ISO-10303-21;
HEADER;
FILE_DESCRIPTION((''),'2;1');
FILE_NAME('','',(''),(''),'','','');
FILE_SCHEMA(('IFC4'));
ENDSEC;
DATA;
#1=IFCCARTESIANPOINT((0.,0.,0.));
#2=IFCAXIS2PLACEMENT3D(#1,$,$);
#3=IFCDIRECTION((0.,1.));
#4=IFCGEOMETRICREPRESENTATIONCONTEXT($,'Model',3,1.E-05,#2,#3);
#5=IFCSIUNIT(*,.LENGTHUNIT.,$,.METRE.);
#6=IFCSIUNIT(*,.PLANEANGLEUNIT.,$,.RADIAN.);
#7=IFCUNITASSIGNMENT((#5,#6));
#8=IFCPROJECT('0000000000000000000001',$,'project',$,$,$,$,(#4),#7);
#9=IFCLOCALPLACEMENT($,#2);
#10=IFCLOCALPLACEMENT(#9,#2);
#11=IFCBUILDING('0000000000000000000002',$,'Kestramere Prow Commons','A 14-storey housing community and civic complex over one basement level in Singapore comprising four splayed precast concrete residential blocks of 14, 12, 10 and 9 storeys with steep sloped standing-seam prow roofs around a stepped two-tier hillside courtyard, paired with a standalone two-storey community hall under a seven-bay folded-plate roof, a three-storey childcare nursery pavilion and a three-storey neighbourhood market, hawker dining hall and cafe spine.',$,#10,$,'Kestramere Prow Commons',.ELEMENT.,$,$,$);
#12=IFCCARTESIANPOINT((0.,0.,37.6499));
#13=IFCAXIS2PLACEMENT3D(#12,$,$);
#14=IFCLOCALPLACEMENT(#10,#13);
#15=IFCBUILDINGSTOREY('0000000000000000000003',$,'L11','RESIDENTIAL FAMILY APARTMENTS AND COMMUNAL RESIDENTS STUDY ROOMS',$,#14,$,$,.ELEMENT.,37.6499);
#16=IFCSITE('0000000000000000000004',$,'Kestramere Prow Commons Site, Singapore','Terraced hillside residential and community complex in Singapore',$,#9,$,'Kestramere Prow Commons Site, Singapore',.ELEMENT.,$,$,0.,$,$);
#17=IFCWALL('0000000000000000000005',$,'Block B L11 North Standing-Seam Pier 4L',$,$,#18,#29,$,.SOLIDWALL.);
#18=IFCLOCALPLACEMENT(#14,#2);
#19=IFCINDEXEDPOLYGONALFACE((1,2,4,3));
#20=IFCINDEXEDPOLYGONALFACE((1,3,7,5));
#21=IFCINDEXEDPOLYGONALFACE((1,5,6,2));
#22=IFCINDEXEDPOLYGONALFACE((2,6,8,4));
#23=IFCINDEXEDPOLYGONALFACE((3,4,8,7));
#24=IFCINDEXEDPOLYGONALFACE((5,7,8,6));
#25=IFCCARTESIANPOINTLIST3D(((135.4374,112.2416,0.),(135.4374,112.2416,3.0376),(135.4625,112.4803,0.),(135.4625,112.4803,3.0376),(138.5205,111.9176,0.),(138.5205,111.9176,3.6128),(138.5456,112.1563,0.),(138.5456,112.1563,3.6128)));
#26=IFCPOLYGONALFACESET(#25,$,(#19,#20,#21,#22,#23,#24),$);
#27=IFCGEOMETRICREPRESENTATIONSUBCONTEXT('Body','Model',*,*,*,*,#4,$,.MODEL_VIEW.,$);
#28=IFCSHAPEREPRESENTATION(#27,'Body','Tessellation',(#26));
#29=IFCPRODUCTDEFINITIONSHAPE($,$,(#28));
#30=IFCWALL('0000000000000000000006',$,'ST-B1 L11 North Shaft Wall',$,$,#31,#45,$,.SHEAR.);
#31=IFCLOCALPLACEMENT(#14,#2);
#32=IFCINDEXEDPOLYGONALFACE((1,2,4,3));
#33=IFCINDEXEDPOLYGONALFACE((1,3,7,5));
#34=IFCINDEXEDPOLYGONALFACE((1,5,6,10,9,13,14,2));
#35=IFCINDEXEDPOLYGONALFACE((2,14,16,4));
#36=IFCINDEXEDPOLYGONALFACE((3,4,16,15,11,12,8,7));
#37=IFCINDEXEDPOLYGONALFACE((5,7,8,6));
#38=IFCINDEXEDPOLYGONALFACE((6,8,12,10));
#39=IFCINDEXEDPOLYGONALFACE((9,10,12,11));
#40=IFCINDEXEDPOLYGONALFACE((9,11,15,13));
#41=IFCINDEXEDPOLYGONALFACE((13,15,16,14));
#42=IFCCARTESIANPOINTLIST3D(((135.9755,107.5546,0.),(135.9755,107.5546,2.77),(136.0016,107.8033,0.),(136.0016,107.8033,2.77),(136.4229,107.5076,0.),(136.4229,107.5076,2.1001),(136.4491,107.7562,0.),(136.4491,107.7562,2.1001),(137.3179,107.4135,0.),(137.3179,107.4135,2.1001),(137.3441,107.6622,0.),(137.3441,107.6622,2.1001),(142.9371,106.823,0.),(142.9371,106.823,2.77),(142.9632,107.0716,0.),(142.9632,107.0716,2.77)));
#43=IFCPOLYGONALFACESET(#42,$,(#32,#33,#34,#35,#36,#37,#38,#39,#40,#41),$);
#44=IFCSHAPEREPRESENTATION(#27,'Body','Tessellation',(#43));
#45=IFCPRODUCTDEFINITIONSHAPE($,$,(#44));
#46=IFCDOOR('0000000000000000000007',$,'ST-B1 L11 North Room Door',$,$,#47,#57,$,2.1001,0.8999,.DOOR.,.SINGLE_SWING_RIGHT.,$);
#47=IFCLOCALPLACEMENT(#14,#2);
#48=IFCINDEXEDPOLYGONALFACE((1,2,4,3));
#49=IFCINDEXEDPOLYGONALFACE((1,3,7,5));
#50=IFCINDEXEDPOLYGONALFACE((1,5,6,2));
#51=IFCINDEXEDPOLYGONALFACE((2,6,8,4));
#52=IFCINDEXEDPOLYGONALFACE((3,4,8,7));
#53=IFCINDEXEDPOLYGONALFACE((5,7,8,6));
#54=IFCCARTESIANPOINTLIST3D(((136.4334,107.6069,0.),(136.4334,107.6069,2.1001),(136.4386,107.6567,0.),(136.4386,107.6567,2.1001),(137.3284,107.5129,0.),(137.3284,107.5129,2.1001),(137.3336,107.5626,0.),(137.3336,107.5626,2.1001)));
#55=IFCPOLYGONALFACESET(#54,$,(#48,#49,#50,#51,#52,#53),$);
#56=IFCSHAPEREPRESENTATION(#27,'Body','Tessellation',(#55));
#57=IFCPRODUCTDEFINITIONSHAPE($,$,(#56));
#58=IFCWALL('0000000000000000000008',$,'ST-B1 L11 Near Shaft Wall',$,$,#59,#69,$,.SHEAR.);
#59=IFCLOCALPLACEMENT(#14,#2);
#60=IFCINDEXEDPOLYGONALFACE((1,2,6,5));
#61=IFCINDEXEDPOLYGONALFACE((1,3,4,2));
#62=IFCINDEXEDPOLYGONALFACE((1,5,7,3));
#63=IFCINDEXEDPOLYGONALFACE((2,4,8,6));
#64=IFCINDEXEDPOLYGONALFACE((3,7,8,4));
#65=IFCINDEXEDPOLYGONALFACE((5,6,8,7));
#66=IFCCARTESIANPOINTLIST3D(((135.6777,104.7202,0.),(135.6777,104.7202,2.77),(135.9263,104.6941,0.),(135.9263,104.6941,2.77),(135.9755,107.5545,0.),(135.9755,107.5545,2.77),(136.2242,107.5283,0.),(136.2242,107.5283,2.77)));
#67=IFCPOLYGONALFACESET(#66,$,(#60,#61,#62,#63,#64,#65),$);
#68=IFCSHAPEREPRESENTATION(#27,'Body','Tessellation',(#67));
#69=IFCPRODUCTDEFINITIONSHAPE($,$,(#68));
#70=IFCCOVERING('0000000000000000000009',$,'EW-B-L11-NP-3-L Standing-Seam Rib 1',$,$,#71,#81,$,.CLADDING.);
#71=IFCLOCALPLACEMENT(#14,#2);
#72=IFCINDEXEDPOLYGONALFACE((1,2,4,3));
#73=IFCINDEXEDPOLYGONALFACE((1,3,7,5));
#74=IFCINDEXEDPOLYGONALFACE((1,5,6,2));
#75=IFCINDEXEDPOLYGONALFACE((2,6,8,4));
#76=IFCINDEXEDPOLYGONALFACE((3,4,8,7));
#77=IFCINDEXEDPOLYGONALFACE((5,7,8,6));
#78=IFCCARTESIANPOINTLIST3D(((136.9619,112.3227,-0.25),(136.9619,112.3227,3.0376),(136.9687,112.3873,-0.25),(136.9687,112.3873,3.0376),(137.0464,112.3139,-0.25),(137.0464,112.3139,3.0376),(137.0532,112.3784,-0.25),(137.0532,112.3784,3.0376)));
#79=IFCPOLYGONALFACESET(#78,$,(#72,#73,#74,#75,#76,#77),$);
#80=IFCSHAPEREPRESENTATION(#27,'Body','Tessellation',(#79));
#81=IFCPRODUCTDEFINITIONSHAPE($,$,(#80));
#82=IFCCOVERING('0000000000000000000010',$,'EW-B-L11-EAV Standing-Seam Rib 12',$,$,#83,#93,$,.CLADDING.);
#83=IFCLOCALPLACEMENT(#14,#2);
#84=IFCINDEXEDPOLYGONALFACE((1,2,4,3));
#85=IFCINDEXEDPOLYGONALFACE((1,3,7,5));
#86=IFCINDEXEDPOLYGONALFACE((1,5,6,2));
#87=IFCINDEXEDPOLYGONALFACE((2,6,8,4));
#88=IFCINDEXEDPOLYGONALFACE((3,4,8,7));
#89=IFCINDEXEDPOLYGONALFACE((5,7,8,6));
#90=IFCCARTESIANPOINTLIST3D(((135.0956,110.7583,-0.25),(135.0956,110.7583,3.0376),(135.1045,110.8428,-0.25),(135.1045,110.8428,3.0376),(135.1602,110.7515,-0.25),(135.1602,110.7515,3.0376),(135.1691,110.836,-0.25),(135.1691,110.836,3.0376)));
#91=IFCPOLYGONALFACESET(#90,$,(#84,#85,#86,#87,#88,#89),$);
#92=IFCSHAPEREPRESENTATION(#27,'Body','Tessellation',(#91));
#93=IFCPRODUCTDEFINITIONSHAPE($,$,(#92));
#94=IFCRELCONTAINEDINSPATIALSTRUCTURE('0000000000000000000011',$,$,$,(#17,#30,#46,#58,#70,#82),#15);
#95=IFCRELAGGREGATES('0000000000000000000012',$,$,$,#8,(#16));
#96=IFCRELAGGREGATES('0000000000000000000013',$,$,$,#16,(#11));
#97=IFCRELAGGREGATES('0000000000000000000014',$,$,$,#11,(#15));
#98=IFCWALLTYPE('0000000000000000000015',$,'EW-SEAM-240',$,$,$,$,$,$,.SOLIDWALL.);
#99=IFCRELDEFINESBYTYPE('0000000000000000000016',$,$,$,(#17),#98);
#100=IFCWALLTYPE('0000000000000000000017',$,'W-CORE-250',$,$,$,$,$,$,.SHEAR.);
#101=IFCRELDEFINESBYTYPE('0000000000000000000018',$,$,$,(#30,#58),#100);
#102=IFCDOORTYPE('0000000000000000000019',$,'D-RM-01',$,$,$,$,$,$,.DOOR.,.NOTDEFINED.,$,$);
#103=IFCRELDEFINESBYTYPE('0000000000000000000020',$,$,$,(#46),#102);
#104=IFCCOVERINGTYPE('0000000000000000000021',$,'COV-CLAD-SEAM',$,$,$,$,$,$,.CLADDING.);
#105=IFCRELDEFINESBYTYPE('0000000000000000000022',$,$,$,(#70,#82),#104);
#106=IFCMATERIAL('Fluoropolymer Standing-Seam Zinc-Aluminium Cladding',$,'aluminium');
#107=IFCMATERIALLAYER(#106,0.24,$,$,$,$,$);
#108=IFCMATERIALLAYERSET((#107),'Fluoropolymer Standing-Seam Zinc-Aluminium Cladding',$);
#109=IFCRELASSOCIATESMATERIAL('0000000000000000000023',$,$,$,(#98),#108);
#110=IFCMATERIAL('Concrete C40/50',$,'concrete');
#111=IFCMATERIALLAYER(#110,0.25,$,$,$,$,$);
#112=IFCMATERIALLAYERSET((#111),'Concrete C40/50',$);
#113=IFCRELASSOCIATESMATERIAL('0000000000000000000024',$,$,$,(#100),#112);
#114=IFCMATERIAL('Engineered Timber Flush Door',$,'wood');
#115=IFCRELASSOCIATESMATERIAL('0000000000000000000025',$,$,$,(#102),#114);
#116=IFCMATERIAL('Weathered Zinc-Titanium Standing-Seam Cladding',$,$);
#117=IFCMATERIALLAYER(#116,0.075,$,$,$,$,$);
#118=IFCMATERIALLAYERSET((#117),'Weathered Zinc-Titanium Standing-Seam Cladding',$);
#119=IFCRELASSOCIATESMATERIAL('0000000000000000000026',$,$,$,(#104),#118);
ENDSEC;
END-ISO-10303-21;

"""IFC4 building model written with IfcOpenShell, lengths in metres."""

from ifc_helpers import new_model, si_unit, direction, frame, frame_2d, origin, origin_2d, place, context, subcontext, project, spatial, polyline, rectangle, outline, extrude, material, layer, layer_set, type_object, element, fill, save


model = new_model("IFC4")

# Units and contexts
model_context = context("Model", 3, precision=1e-05, world=origin(), true_north=direction((0.0, 1.0)))
body_context = subcontext(model_context, "Body", "Model", "MODEL_VIEW")
ifc_project = project(units=[si_unit("LENGTHUNIT", "METRE"), si_unit("PLANEANGLEUNIT", "RADIAN")], contexts=[model_context])

# Site, building, storey
site_placement = place(None, origin())
site = spatial("IfcSite", under=ifc_project, at=site_placement, Name="Kestramere Prow Commons Site, Singapore", Description="Terraced hillside residential and community complex in Singapore", LongName="Kestramere Prow Commons Site, Singapore", CompositionType="ELEMENT", RefElevation=0.0)
building_placement = place(site_placement, origin())
building = spatial("IfcBuilding", under=site, at=building_placement, Name="Kestramere Prow Commons", Description="A 14-storey housing community and civic complex over one basement level in Singapore comprising four splayed precast concrete residential blocks of 14, 12, 10 and 9 storeys with steep sloped standing-seam prow roofs around a stepped two-tier hillside courtyard, paired with a standalone two-storey community hall under a seven-bay folded-plate roof, a three-storey childcare nursery pavilion and a three-storey neighbourhood market, hawker dining hall and cafe spine.", LongName="Kestramere Prow Commons", CompositionType="ELEMENT")
storey_placement = place(building_placement, frame((0.0, 0.0, 37.6499)))
storey = spatial("IfcBuildingStorey", under=building, at=storey_placement, Name="L11", Description="RESIDENTIAL FAMILY APARTMENTS AND COMMUNAL RESIDENTS STUDY ROOMS", CompositionType="ELEMENT", Elevation=37.6499)

# Wall
ifc_material_1 = material(Name="Fluoropolymer Standing-Seam Zinc-Aluminium Cladding", Category="aluminium")
ifc_layer_1 = layer(ifc_material_1, 0.24)
ifc_layer_set_1 = layer_set([ifc_layer_1], Name="Fluoropolymer Standing-Seam Zinc-Aluminium Cladding")
wall_type_1 = type_object("IfcWallType", Name="EW-SEAM-240", PredefinedType="SOLIDWALL", material=ifc_layer_set_1)
wall_1_placement = place(storey_placement, frame((135.45, 112.3608, 0.0), z_axis=(0.0, 0.0, 1.0), x_axis=(0.994524, -0.104509, 0.0)))
element("IfcWall", 1, at=wall_1_placement, inside=storey, type_object=wall_type_1, Name="Block B L11 North Standing-Seam Pier 4L", PredefinedType="SOLIDWALL", context=body_context, shape_type="SweptSolid", body=[
    extrude(outline(polyline([(0.0, 0.0), (3.1001, 0.0), (3.1001, 3.6128), (0.0, 3.0376), (0.0, 0.0)])), frame((0.0, 0.1201, 0.0), z_axis=(0.0, -1.0, 0.0), x_axis=(1.0, 0.0, 0.0)), (0.0, 0.0, 1.0), 0.24),
])

# Wall, opening, door
ifc_material_2 = material(Name="Concrete C40/50", Category="concrete")
ifc_layer_2 = layer(ifc_material_2, 0.25)
ifc_layer_set_2 = layer_set([ifc_layer_2], Name="Concrete C40/50")
wall_type_2 = type_object("IfcWallType", Name="W-CORE-250", PredefinedType="SHEAR", material=ifc_layer_set_2)
wall_2_placement = place(storey_placement, frame((135.9885, 107.679, 0.0), z_axis=(0.0, 0.0, 1.0), x_axis=(0.994522, -0.104527, 0.0)))
wall_2 = element("IfcWall", 2, at=wall_2_placement, inside=storey, type_object=wall_type_2, Name="ST-B1 L11 North Shaft Wall", PredefinedType="SHEAR", context=body_context, shape_type="SweptSolid", body=[
    extrude(rectangle(XDim=7.0, YDim=0.25, at=frame_2d((3.5, 0.0))), origin(), (0.0, 0.0, 1.0), 2.77),
])
opening_placement = place(wall_2_placement, frame((0.45, 0.0, 0.0)))
opening = element("IfcOpeningElement", 3, at=opening_placement, cuts=wall_2, PredefinedType="OPENING", context=body_context, shape_type="SweptSolid", body=[
    extrude(rectangle(XDim=0.8999, YDim=2.1001, at=frame_2d((0.45, 1.05))), frame((0.0, 0.1399, 0.0), z_axis=(0.0, -1.0, 0.0), x_axis=(1.0, 0.0, 0.0)), (0.0, 0.0, 1.0), 0.28),
])
ifc_material_3 = material(Name="Engineered Timber Flush Door", Category="wood")
door_type = type_object("IfcDoorType", Name="D-RM-01", OperationType="NOTDEFINED", PredefinedType="DOOR", material=ifc_material_3)
door_placement = place(opening_placement, origin())
door = element("IfcDoor", 4, at=door_placement, inside=storey, type_object=door_type, Name="ST-B1 L11 North Room Door", OperationType="SINGLE_SWING_RIGHT", OverallHeight=2.1001, OverallWidth=0.8999, PredefinedType="DOOR", context=body_context, shape_type="SweptSolid", body=[
    extrude(rectangle(XDim=0.8999, YDim=2.1001, at=frame_2d((0.45, 1.05))), frame((0.0, 0.0249, 0.0), z_axis=(0.0, -1.0, 0.0), x_axis=(1.0, 0.0, 0.0)), (0.0, 0.0, 1.0), 0.05),
])
fill(opening, door)

# Wall
wall_3_placement = place(storey_placement, frame((135.802, 104.7073, 0.0), z_axis=(0.0, 0.0, 1.0), x_axis=(0.104515, 0.994523, 0.0)))
element("IfcWall", 5, at=wall_3_placement, inside=storey, type_object=wall_type_2, Name="ST-B1 L11 Near Shaft Wall", PredefinedType="SHEAR", context=body_context, shape_type="SweptSolid", body=[
    extrude(rectangle(XDim=2.8499, YDim=0.25, at=frame_2d((1.4248, 0.0))), origin(), (0.0, 0.0, 1.0), 2.77),
])

# Coverings
ifc_material_4 = material(Name="Weathered Zinc-Titanium Standing-Seam Cladding")
ifc_layer_3 = layer(ifc_material_4, 0.075)
ifc_layer_set_3 = layer_set([ifc_layer_3], Name="Weathered Zinc-Titanium Standing-Seam Cladding")
covering_type = type_object("IfcCoveringType", Name="COV-CLAD-SEAM", PredefinedType="CLADDING", material=ifc_layer_set_3)
for number, where, z_axis, x_axis, name in (
    (6, (137.0076, 112.3506, -0.25), (0.0, 0.0, 1.0), (0.994522, -0.104528, 0.0), "EW-B-L11-NP-3-L Standing-Seam Rib 1"),
    (7, (135.1323, 110.7971, -0.25), (0.0, 0.0, 1.0), (0.104528, 0.994522, 0.0), "EW-B-L11-EAV Standing-Seam Rib 12"),
):
    element("IfcCovering", number, at=place(storey_placement, frame(where, z_axis=z_axis, x_axis=x_axis)), inside=storey, type_object=covering_type, Name=name, PredefinedType="CLADDING", context=body_context, shape_type="SweptSolid", body=[
        extrude(rectangle(XDim=0.085, YDim=0.0649, at=origin_2d()), origin(), (0.0, 0.0, 1.0), 3.2876),
    ])

save(model, "model.ifc")
